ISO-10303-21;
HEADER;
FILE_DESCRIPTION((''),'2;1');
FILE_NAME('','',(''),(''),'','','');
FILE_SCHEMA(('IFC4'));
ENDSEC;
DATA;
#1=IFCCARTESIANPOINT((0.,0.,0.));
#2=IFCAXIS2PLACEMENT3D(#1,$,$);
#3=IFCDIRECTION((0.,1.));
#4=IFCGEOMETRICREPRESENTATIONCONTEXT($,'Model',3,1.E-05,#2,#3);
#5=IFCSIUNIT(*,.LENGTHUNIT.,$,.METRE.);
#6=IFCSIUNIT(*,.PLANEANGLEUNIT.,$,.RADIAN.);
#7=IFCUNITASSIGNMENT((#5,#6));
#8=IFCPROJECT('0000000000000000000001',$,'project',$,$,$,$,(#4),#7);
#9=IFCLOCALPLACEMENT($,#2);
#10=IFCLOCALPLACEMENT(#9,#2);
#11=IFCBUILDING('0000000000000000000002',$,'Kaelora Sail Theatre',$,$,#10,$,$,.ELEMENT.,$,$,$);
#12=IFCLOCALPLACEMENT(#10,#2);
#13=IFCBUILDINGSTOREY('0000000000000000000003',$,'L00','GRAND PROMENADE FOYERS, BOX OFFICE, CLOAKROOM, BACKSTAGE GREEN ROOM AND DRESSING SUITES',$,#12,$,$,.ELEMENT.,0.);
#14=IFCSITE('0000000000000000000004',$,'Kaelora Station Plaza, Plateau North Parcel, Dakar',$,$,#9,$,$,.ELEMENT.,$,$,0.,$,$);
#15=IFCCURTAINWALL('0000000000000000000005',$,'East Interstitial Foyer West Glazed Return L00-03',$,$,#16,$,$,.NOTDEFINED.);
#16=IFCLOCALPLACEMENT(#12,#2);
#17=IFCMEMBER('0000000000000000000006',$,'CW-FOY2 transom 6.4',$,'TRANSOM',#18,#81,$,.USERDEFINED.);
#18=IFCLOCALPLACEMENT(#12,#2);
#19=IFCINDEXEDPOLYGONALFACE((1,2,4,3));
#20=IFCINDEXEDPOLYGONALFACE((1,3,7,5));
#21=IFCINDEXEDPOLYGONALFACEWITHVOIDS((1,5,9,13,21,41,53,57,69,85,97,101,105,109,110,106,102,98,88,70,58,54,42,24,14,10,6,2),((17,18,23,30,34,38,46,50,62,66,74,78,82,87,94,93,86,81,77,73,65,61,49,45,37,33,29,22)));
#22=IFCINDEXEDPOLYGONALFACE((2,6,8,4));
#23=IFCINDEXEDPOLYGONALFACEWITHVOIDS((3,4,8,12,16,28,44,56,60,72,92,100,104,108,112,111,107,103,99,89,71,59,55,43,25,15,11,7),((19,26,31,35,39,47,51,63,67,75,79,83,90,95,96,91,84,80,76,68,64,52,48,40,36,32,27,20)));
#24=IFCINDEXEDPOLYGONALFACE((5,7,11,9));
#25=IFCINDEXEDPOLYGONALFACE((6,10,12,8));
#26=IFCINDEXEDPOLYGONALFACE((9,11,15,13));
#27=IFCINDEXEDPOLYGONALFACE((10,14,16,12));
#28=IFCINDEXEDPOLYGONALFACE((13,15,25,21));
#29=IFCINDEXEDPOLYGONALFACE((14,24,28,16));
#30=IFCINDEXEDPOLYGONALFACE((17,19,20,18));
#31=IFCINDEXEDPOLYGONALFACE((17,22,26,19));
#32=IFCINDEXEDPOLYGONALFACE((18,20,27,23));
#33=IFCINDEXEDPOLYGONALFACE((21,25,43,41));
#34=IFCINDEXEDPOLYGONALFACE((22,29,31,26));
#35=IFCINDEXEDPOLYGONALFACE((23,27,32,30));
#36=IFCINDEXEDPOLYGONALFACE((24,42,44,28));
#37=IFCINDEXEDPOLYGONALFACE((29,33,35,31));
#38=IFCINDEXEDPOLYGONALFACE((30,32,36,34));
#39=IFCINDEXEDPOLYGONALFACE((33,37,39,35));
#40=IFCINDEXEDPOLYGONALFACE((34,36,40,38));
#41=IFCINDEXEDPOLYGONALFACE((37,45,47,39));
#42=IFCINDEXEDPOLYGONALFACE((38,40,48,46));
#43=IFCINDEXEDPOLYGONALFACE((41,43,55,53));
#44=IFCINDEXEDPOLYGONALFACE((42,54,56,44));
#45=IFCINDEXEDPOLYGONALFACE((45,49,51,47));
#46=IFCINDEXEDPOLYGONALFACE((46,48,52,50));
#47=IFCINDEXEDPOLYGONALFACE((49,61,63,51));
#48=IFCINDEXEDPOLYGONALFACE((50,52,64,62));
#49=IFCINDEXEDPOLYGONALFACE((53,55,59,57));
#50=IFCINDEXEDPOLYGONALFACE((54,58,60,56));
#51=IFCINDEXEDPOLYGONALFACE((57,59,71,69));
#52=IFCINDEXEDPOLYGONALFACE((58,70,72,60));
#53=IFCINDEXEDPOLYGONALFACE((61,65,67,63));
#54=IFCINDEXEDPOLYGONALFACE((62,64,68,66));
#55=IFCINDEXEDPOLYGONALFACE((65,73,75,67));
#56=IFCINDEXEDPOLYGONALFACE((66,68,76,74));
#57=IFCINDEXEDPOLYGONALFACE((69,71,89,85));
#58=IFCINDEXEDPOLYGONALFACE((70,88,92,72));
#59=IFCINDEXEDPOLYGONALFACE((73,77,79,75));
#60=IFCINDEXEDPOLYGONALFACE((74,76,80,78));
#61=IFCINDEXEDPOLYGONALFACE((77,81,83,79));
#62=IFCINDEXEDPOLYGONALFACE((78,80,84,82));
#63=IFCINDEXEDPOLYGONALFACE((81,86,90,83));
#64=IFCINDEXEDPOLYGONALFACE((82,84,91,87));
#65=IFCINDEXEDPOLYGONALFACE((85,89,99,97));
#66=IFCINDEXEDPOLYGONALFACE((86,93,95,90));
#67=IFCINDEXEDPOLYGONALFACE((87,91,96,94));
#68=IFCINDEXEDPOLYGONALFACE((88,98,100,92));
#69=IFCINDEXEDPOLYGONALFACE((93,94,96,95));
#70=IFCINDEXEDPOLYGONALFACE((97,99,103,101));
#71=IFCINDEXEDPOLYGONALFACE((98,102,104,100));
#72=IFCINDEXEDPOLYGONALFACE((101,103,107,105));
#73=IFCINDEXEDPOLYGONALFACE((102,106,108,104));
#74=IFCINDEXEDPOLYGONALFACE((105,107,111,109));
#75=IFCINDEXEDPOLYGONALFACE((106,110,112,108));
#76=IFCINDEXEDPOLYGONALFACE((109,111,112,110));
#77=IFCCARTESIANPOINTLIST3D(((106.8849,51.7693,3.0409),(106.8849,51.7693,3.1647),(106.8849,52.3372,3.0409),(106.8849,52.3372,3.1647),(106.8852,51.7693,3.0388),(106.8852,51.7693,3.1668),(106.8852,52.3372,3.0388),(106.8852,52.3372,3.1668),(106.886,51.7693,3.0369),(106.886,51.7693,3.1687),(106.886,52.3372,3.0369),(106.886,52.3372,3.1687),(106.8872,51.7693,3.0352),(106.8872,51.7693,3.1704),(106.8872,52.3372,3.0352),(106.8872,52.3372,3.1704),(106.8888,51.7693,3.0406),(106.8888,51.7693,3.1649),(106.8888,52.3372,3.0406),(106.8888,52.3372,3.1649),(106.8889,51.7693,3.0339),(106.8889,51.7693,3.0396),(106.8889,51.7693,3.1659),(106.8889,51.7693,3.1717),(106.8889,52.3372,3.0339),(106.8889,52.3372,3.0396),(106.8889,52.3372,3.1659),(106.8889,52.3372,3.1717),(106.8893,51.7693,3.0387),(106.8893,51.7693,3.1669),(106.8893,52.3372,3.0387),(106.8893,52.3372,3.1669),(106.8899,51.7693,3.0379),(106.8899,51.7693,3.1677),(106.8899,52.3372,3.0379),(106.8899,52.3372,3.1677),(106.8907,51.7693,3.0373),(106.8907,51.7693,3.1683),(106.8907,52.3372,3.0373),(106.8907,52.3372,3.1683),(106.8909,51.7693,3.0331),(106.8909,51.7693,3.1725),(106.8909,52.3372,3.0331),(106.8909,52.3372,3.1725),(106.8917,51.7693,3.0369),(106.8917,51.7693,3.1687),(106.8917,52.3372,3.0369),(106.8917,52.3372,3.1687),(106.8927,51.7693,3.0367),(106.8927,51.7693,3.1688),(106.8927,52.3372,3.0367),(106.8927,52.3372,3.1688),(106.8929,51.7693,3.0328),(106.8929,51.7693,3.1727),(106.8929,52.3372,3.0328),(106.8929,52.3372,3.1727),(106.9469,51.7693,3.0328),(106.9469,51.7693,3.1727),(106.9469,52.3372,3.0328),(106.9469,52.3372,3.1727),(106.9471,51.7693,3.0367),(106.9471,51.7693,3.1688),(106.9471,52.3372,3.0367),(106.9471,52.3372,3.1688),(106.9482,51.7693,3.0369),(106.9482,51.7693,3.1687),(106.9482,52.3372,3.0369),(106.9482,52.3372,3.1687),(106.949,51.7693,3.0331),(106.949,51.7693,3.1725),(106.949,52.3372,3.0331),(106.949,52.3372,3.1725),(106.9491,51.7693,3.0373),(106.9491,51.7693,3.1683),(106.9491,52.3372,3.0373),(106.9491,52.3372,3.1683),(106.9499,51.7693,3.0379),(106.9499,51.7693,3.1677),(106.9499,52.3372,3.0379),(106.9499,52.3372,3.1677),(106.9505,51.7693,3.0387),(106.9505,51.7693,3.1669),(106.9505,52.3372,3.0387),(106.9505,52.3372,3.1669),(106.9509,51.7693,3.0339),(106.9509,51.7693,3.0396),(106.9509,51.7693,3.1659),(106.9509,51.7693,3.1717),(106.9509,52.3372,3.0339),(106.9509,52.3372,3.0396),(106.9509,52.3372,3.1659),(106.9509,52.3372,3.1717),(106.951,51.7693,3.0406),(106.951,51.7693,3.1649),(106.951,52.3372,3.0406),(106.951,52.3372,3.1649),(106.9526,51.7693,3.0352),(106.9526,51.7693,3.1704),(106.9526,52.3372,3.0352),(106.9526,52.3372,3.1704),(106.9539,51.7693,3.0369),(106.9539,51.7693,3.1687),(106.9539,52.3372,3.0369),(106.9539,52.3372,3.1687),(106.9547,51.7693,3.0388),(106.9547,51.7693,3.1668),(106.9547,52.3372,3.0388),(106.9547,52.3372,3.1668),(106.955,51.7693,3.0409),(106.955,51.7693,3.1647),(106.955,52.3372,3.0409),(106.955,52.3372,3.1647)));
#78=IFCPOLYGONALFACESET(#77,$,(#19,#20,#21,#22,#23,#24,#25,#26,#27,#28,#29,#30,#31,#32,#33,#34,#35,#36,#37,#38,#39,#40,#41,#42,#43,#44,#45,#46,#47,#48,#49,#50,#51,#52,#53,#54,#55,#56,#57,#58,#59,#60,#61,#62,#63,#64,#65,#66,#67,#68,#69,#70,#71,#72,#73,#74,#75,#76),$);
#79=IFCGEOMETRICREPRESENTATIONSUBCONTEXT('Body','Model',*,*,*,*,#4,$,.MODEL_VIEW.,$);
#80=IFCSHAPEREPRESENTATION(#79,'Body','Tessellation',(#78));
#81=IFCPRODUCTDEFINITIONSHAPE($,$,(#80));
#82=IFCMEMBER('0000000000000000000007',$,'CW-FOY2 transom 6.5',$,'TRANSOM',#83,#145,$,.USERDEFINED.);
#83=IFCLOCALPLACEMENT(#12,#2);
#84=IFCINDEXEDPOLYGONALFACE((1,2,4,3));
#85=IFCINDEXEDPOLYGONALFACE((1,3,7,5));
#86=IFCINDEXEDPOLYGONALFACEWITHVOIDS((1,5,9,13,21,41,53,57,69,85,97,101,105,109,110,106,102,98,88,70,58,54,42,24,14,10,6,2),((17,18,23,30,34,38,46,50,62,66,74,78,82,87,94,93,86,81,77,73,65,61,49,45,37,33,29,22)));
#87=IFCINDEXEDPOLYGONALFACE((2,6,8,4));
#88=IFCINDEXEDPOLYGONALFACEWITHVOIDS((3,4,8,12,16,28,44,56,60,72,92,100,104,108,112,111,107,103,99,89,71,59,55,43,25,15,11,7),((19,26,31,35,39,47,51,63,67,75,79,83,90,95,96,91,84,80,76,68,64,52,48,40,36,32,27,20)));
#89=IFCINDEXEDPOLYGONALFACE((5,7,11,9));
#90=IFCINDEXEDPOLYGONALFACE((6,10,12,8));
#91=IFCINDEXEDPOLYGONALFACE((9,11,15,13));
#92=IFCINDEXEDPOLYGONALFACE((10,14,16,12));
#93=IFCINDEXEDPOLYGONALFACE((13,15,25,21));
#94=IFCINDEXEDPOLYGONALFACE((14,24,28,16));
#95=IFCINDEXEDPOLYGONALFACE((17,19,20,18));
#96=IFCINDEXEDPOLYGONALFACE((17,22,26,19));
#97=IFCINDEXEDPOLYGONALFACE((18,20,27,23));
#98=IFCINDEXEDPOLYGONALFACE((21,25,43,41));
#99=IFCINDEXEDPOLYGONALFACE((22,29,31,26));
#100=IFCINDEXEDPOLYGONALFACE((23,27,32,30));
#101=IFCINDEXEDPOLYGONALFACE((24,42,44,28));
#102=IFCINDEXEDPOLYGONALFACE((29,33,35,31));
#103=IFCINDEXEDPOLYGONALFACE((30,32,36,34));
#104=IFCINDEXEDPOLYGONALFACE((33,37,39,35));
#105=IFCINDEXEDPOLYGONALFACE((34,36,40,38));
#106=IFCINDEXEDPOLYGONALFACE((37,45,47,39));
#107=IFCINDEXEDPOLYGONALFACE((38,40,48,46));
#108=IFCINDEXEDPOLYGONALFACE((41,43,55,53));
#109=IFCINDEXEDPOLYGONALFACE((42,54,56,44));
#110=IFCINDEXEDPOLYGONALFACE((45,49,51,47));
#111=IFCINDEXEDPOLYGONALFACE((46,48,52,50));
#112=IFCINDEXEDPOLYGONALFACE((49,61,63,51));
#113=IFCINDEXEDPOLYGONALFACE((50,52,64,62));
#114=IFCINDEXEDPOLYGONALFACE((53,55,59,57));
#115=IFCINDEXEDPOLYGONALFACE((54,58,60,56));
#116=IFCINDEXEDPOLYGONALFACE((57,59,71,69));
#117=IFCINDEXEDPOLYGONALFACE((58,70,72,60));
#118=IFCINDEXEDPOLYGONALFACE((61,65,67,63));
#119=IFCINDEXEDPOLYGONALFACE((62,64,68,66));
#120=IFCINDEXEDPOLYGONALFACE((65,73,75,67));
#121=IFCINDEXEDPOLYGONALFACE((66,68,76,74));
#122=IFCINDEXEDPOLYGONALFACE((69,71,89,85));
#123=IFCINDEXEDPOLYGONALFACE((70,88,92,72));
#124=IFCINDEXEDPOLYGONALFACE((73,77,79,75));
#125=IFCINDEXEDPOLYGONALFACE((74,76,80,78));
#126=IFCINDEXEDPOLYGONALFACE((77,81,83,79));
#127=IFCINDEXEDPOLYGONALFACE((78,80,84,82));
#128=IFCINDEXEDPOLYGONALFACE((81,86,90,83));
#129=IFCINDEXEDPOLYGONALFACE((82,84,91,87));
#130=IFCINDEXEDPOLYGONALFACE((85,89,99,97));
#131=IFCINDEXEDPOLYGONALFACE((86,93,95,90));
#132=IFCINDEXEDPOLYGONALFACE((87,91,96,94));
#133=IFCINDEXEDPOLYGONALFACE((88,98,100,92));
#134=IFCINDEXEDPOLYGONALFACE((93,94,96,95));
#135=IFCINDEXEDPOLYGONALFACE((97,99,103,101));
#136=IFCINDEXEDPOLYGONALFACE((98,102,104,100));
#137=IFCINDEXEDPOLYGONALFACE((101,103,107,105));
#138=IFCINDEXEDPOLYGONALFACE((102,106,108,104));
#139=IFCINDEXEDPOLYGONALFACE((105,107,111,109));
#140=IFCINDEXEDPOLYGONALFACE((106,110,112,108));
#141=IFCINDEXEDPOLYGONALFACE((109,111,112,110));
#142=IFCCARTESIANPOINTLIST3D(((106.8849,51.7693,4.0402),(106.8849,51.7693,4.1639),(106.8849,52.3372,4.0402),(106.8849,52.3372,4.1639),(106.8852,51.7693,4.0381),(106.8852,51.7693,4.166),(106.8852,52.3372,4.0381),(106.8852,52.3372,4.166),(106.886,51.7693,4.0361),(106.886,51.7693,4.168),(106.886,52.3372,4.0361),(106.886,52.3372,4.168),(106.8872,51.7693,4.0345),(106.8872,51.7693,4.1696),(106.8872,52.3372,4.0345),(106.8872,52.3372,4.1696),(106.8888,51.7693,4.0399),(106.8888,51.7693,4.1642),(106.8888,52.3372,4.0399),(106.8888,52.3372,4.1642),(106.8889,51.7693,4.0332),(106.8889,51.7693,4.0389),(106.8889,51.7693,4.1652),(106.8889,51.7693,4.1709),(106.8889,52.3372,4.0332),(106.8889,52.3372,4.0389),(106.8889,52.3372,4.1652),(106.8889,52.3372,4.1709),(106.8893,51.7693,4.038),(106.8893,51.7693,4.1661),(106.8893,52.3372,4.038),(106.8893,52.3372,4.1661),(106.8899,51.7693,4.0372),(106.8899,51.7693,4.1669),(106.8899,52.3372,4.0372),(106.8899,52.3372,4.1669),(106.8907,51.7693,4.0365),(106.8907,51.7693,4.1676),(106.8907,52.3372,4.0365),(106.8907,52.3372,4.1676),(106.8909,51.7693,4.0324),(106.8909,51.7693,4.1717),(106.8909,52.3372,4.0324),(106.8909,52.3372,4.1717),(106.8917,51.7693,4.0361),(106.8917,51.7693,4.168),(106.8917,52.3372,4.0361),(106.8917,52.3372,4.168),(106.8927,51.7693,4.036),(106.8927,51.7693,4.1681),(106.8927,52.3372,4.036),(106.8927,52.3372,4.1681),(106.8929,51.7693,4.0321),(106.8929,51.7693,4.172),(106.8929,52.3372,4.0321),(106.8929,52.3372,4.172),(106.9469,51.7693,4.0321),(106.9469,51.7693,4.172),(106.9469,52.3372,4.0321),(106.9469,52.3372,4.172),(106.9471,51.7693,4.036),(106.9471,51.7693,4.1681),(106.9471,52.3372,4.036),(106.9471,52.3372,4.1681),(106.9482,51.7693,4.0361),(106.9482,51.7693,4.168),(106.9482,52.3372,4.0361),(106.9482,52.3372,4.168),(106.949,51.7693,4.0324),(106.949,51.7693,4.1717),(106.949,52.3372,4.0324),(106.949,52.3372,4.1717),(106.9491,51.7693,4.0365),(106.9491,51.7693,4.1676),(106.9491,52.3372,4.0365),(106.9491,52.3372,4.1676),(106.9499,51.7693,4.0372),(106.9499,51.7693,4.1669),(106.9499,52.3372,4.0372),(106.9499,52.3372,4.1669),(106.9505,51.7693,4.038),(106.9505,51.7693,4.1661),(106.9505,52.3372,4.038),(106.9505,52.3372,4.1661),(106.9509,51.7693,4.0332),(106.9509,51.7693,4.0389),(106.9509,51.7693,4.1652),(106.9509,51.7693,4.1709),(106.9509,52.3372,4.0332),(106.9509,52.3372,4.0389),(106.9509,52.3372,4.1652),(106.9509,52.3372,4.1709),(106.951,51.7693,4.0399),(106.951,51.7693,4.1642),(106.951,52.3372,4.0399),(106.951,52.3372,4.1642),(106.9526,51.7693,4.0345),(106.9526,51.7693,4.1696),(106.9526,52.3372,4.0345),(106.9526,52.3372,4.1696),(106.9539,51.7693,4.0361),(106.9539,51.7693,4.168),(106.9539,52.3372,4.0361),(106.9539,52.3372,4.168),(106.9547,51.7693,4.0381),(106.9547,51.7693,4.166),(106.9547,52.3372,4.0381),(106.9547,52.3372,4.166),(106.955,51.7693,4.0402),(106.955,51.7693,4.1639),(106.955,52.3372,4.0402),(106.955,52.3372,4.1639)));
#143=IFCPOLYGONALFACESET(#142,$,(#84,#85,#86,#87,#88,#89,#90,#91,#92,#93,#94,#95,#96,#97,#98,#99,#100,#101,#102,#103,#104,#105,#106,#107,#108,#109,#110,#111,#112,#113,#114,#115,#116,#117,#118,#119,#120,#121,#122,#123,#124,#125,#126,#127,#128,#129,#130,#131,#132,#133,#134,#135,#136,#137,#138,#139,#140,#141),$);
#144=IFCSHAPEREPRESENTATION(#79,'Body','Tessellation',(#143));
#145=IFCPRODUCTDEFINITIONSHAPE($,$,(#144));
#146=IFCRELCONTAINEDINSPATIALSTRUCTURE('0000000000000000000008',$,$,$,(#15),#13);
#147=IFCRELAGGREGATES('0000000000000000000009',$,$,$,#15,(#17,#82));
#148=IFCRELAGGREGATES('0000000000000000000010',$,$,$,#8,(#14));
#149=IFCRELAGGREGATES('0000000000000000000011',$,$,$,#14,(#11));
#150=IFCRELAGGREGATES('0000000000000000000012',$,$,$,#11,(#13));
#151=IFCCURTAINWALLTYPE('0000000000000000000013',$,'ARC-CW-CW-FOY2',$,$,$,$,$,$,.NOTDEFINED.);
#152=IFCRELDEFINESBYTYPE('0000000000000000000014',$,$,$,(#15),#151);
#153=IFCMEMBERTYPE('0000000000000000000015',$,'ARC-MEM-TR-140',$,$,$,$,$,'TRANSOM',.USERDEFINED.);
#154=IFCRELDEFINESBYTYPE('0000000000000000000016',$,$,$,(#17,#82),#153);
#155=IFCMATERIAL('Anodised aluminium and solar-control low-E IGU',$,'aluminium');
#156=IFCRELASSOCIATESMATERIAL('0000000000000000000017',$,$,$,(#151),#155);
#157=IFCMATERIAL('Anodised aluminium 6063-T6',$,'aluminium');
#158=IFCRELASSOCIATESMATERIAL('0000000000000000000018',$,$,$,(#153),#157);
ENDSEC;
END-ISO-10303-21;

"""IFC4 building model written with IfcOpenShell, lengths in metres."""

from ifc_helpers import new_model, si_unit, direction, frame, origin, origin_2d, place, context, subcontext, project, spatial, hollow_rectangle, extrude, material, material_profile, profile_set, type_object, element, aggregate, save


model = new_model("IFC4")

# Units and contexts
model_context = context("Model", 3, precision=1e-05, world=origin(), true_north=direction((0.0, 1.0)))
body_context = subcontext(model_context, "Body", "Model", "MODEL_VIEW")
ifc_project = project(units=[si_unit("LENGTHUNIT", "METRE"), si_unit("PLANEANGLEUNIT", "RADIAN")], contexts=[model_context])

# Site, building, storey
site_placement = place(None, origin())
site = spatial("IfcSite", under=ifc_project, at=site_placement, Name="Kaelora Station Plaza, Plateau North Parcel, Dakar", CompositionType="ELEMENT", RefElevation=0.0)
building_placement = place(site_placement, origin())
building = spatial("IfcBuilding", under=site, at=building_placement, Name="Kaelora Sail Theatre", CompositionType="ELEMENT")
storey_placement = place(building_placement, origin())
storey = spatial("IfcBuildingStorey", under=building, at=storey_placement, Name="L00", Description="GRAND PROMENADE FOYERS, BOX OFFICE, CLOAKROOM, BACKSTAGE GREEN ROOM AND DRESSING SUITES", CompositionType="ELEMENT", Elevation=0.0)

# Curtain wall, members
ifc_material_1 = material(Name="Anodised aluminium and solar-control low-E IGU", Category="aluminium")
curtain_wall_type = type_object("IfcCurtainWallType", Name="ARC-CW-CW-FOY2", PredefinedType="NOTDEFINED", material=ifc_material_1)
curtain_wall_1_placement = place(storey_placement, origin())
curtain_wall_1 = element("IfcCurtainWall", 1, at=curtain_wall_1_placement, inside=storey, type_object=curtain_wall_type, Name="East Interstitial Foyer West Glazed Return L00-03", PredefinedType="NOTDEFINED")
ifc_material_2 = material(Name="Anodised aluminium 6063-T6", Category="aluminium")
ifc_material_profile = material_profile(ifc_material_2, hollow_rectangle(XDim=0.0701, YDim=0.1399, WallThickness=0.0039, InnerFilletRadius=0.0039, OuterFilletRadius=0.0081, at=origin_2d()), Name="ALU-TRAN 70x140x4")
ifc_profile_set = profile_set([ifc_material_profile], Name="Anodised aluminium 6063-T6")
member_type = type_object("IfcMemberType", Name="ARC-MEM-TR-140", ElementType="TRANSOM", PredefinedType="USERDEFINED", material=ifc_profile_set)
member_1_placement = place(storey_placement, frame((106.9199, 51.7693, 3.1028), z_axis=(0.0, 1.0, 0.0), x_axis=(-1.0, 0.0, 0.0)))
member_1 = element("IfcMember", 2, at=member_1_placement, type_object=member_type, Name="CW-FOY2 transom 6.4", ObjectType="TRANSOM", PredefinedType="USERDEFINED", context=body_context, shape_type="SweptSolid", body=[
    extrude(hollow_rectangle(XDim=0.0701, YDim=0.1399, WallThickness=0.0039, InnerFilletRadius=0.0039, OuterFilletRadius=0.0081, at=origin_2d()), origin(), (0.0, 0.0, 1.0), 0.5679),
])
member_2_placement = place(storey_placement, frame((106.9199, 51.7693, 4.1021), z_axis=(0.0, 1.0, 0.0), x_axis=(-1.0, 0.0, 0.0)))
member_2 = element("IfcMember", 3, at=member_2_placement, type_object=member_type, Name="CW-FOY2 transom 6.5", ObjectType="TRANSOM", PredefinedType="USERDEFINED", context=body_context, shape_type="SweptSolid", body=[
    extrude(hollow_rectangle(XDim=0.0701, YDim=0.1399, WallThickness=0.0039, InnerFilletRadius=0.0039, OuterFilletRadius=0.0081, at=origin_2d()), origin(), (0.0, 0.0, 1.0), 0.5679),
])

aggregate(curtain_wall_1, [member_1, member_2])

save(model, "model.ifc")
